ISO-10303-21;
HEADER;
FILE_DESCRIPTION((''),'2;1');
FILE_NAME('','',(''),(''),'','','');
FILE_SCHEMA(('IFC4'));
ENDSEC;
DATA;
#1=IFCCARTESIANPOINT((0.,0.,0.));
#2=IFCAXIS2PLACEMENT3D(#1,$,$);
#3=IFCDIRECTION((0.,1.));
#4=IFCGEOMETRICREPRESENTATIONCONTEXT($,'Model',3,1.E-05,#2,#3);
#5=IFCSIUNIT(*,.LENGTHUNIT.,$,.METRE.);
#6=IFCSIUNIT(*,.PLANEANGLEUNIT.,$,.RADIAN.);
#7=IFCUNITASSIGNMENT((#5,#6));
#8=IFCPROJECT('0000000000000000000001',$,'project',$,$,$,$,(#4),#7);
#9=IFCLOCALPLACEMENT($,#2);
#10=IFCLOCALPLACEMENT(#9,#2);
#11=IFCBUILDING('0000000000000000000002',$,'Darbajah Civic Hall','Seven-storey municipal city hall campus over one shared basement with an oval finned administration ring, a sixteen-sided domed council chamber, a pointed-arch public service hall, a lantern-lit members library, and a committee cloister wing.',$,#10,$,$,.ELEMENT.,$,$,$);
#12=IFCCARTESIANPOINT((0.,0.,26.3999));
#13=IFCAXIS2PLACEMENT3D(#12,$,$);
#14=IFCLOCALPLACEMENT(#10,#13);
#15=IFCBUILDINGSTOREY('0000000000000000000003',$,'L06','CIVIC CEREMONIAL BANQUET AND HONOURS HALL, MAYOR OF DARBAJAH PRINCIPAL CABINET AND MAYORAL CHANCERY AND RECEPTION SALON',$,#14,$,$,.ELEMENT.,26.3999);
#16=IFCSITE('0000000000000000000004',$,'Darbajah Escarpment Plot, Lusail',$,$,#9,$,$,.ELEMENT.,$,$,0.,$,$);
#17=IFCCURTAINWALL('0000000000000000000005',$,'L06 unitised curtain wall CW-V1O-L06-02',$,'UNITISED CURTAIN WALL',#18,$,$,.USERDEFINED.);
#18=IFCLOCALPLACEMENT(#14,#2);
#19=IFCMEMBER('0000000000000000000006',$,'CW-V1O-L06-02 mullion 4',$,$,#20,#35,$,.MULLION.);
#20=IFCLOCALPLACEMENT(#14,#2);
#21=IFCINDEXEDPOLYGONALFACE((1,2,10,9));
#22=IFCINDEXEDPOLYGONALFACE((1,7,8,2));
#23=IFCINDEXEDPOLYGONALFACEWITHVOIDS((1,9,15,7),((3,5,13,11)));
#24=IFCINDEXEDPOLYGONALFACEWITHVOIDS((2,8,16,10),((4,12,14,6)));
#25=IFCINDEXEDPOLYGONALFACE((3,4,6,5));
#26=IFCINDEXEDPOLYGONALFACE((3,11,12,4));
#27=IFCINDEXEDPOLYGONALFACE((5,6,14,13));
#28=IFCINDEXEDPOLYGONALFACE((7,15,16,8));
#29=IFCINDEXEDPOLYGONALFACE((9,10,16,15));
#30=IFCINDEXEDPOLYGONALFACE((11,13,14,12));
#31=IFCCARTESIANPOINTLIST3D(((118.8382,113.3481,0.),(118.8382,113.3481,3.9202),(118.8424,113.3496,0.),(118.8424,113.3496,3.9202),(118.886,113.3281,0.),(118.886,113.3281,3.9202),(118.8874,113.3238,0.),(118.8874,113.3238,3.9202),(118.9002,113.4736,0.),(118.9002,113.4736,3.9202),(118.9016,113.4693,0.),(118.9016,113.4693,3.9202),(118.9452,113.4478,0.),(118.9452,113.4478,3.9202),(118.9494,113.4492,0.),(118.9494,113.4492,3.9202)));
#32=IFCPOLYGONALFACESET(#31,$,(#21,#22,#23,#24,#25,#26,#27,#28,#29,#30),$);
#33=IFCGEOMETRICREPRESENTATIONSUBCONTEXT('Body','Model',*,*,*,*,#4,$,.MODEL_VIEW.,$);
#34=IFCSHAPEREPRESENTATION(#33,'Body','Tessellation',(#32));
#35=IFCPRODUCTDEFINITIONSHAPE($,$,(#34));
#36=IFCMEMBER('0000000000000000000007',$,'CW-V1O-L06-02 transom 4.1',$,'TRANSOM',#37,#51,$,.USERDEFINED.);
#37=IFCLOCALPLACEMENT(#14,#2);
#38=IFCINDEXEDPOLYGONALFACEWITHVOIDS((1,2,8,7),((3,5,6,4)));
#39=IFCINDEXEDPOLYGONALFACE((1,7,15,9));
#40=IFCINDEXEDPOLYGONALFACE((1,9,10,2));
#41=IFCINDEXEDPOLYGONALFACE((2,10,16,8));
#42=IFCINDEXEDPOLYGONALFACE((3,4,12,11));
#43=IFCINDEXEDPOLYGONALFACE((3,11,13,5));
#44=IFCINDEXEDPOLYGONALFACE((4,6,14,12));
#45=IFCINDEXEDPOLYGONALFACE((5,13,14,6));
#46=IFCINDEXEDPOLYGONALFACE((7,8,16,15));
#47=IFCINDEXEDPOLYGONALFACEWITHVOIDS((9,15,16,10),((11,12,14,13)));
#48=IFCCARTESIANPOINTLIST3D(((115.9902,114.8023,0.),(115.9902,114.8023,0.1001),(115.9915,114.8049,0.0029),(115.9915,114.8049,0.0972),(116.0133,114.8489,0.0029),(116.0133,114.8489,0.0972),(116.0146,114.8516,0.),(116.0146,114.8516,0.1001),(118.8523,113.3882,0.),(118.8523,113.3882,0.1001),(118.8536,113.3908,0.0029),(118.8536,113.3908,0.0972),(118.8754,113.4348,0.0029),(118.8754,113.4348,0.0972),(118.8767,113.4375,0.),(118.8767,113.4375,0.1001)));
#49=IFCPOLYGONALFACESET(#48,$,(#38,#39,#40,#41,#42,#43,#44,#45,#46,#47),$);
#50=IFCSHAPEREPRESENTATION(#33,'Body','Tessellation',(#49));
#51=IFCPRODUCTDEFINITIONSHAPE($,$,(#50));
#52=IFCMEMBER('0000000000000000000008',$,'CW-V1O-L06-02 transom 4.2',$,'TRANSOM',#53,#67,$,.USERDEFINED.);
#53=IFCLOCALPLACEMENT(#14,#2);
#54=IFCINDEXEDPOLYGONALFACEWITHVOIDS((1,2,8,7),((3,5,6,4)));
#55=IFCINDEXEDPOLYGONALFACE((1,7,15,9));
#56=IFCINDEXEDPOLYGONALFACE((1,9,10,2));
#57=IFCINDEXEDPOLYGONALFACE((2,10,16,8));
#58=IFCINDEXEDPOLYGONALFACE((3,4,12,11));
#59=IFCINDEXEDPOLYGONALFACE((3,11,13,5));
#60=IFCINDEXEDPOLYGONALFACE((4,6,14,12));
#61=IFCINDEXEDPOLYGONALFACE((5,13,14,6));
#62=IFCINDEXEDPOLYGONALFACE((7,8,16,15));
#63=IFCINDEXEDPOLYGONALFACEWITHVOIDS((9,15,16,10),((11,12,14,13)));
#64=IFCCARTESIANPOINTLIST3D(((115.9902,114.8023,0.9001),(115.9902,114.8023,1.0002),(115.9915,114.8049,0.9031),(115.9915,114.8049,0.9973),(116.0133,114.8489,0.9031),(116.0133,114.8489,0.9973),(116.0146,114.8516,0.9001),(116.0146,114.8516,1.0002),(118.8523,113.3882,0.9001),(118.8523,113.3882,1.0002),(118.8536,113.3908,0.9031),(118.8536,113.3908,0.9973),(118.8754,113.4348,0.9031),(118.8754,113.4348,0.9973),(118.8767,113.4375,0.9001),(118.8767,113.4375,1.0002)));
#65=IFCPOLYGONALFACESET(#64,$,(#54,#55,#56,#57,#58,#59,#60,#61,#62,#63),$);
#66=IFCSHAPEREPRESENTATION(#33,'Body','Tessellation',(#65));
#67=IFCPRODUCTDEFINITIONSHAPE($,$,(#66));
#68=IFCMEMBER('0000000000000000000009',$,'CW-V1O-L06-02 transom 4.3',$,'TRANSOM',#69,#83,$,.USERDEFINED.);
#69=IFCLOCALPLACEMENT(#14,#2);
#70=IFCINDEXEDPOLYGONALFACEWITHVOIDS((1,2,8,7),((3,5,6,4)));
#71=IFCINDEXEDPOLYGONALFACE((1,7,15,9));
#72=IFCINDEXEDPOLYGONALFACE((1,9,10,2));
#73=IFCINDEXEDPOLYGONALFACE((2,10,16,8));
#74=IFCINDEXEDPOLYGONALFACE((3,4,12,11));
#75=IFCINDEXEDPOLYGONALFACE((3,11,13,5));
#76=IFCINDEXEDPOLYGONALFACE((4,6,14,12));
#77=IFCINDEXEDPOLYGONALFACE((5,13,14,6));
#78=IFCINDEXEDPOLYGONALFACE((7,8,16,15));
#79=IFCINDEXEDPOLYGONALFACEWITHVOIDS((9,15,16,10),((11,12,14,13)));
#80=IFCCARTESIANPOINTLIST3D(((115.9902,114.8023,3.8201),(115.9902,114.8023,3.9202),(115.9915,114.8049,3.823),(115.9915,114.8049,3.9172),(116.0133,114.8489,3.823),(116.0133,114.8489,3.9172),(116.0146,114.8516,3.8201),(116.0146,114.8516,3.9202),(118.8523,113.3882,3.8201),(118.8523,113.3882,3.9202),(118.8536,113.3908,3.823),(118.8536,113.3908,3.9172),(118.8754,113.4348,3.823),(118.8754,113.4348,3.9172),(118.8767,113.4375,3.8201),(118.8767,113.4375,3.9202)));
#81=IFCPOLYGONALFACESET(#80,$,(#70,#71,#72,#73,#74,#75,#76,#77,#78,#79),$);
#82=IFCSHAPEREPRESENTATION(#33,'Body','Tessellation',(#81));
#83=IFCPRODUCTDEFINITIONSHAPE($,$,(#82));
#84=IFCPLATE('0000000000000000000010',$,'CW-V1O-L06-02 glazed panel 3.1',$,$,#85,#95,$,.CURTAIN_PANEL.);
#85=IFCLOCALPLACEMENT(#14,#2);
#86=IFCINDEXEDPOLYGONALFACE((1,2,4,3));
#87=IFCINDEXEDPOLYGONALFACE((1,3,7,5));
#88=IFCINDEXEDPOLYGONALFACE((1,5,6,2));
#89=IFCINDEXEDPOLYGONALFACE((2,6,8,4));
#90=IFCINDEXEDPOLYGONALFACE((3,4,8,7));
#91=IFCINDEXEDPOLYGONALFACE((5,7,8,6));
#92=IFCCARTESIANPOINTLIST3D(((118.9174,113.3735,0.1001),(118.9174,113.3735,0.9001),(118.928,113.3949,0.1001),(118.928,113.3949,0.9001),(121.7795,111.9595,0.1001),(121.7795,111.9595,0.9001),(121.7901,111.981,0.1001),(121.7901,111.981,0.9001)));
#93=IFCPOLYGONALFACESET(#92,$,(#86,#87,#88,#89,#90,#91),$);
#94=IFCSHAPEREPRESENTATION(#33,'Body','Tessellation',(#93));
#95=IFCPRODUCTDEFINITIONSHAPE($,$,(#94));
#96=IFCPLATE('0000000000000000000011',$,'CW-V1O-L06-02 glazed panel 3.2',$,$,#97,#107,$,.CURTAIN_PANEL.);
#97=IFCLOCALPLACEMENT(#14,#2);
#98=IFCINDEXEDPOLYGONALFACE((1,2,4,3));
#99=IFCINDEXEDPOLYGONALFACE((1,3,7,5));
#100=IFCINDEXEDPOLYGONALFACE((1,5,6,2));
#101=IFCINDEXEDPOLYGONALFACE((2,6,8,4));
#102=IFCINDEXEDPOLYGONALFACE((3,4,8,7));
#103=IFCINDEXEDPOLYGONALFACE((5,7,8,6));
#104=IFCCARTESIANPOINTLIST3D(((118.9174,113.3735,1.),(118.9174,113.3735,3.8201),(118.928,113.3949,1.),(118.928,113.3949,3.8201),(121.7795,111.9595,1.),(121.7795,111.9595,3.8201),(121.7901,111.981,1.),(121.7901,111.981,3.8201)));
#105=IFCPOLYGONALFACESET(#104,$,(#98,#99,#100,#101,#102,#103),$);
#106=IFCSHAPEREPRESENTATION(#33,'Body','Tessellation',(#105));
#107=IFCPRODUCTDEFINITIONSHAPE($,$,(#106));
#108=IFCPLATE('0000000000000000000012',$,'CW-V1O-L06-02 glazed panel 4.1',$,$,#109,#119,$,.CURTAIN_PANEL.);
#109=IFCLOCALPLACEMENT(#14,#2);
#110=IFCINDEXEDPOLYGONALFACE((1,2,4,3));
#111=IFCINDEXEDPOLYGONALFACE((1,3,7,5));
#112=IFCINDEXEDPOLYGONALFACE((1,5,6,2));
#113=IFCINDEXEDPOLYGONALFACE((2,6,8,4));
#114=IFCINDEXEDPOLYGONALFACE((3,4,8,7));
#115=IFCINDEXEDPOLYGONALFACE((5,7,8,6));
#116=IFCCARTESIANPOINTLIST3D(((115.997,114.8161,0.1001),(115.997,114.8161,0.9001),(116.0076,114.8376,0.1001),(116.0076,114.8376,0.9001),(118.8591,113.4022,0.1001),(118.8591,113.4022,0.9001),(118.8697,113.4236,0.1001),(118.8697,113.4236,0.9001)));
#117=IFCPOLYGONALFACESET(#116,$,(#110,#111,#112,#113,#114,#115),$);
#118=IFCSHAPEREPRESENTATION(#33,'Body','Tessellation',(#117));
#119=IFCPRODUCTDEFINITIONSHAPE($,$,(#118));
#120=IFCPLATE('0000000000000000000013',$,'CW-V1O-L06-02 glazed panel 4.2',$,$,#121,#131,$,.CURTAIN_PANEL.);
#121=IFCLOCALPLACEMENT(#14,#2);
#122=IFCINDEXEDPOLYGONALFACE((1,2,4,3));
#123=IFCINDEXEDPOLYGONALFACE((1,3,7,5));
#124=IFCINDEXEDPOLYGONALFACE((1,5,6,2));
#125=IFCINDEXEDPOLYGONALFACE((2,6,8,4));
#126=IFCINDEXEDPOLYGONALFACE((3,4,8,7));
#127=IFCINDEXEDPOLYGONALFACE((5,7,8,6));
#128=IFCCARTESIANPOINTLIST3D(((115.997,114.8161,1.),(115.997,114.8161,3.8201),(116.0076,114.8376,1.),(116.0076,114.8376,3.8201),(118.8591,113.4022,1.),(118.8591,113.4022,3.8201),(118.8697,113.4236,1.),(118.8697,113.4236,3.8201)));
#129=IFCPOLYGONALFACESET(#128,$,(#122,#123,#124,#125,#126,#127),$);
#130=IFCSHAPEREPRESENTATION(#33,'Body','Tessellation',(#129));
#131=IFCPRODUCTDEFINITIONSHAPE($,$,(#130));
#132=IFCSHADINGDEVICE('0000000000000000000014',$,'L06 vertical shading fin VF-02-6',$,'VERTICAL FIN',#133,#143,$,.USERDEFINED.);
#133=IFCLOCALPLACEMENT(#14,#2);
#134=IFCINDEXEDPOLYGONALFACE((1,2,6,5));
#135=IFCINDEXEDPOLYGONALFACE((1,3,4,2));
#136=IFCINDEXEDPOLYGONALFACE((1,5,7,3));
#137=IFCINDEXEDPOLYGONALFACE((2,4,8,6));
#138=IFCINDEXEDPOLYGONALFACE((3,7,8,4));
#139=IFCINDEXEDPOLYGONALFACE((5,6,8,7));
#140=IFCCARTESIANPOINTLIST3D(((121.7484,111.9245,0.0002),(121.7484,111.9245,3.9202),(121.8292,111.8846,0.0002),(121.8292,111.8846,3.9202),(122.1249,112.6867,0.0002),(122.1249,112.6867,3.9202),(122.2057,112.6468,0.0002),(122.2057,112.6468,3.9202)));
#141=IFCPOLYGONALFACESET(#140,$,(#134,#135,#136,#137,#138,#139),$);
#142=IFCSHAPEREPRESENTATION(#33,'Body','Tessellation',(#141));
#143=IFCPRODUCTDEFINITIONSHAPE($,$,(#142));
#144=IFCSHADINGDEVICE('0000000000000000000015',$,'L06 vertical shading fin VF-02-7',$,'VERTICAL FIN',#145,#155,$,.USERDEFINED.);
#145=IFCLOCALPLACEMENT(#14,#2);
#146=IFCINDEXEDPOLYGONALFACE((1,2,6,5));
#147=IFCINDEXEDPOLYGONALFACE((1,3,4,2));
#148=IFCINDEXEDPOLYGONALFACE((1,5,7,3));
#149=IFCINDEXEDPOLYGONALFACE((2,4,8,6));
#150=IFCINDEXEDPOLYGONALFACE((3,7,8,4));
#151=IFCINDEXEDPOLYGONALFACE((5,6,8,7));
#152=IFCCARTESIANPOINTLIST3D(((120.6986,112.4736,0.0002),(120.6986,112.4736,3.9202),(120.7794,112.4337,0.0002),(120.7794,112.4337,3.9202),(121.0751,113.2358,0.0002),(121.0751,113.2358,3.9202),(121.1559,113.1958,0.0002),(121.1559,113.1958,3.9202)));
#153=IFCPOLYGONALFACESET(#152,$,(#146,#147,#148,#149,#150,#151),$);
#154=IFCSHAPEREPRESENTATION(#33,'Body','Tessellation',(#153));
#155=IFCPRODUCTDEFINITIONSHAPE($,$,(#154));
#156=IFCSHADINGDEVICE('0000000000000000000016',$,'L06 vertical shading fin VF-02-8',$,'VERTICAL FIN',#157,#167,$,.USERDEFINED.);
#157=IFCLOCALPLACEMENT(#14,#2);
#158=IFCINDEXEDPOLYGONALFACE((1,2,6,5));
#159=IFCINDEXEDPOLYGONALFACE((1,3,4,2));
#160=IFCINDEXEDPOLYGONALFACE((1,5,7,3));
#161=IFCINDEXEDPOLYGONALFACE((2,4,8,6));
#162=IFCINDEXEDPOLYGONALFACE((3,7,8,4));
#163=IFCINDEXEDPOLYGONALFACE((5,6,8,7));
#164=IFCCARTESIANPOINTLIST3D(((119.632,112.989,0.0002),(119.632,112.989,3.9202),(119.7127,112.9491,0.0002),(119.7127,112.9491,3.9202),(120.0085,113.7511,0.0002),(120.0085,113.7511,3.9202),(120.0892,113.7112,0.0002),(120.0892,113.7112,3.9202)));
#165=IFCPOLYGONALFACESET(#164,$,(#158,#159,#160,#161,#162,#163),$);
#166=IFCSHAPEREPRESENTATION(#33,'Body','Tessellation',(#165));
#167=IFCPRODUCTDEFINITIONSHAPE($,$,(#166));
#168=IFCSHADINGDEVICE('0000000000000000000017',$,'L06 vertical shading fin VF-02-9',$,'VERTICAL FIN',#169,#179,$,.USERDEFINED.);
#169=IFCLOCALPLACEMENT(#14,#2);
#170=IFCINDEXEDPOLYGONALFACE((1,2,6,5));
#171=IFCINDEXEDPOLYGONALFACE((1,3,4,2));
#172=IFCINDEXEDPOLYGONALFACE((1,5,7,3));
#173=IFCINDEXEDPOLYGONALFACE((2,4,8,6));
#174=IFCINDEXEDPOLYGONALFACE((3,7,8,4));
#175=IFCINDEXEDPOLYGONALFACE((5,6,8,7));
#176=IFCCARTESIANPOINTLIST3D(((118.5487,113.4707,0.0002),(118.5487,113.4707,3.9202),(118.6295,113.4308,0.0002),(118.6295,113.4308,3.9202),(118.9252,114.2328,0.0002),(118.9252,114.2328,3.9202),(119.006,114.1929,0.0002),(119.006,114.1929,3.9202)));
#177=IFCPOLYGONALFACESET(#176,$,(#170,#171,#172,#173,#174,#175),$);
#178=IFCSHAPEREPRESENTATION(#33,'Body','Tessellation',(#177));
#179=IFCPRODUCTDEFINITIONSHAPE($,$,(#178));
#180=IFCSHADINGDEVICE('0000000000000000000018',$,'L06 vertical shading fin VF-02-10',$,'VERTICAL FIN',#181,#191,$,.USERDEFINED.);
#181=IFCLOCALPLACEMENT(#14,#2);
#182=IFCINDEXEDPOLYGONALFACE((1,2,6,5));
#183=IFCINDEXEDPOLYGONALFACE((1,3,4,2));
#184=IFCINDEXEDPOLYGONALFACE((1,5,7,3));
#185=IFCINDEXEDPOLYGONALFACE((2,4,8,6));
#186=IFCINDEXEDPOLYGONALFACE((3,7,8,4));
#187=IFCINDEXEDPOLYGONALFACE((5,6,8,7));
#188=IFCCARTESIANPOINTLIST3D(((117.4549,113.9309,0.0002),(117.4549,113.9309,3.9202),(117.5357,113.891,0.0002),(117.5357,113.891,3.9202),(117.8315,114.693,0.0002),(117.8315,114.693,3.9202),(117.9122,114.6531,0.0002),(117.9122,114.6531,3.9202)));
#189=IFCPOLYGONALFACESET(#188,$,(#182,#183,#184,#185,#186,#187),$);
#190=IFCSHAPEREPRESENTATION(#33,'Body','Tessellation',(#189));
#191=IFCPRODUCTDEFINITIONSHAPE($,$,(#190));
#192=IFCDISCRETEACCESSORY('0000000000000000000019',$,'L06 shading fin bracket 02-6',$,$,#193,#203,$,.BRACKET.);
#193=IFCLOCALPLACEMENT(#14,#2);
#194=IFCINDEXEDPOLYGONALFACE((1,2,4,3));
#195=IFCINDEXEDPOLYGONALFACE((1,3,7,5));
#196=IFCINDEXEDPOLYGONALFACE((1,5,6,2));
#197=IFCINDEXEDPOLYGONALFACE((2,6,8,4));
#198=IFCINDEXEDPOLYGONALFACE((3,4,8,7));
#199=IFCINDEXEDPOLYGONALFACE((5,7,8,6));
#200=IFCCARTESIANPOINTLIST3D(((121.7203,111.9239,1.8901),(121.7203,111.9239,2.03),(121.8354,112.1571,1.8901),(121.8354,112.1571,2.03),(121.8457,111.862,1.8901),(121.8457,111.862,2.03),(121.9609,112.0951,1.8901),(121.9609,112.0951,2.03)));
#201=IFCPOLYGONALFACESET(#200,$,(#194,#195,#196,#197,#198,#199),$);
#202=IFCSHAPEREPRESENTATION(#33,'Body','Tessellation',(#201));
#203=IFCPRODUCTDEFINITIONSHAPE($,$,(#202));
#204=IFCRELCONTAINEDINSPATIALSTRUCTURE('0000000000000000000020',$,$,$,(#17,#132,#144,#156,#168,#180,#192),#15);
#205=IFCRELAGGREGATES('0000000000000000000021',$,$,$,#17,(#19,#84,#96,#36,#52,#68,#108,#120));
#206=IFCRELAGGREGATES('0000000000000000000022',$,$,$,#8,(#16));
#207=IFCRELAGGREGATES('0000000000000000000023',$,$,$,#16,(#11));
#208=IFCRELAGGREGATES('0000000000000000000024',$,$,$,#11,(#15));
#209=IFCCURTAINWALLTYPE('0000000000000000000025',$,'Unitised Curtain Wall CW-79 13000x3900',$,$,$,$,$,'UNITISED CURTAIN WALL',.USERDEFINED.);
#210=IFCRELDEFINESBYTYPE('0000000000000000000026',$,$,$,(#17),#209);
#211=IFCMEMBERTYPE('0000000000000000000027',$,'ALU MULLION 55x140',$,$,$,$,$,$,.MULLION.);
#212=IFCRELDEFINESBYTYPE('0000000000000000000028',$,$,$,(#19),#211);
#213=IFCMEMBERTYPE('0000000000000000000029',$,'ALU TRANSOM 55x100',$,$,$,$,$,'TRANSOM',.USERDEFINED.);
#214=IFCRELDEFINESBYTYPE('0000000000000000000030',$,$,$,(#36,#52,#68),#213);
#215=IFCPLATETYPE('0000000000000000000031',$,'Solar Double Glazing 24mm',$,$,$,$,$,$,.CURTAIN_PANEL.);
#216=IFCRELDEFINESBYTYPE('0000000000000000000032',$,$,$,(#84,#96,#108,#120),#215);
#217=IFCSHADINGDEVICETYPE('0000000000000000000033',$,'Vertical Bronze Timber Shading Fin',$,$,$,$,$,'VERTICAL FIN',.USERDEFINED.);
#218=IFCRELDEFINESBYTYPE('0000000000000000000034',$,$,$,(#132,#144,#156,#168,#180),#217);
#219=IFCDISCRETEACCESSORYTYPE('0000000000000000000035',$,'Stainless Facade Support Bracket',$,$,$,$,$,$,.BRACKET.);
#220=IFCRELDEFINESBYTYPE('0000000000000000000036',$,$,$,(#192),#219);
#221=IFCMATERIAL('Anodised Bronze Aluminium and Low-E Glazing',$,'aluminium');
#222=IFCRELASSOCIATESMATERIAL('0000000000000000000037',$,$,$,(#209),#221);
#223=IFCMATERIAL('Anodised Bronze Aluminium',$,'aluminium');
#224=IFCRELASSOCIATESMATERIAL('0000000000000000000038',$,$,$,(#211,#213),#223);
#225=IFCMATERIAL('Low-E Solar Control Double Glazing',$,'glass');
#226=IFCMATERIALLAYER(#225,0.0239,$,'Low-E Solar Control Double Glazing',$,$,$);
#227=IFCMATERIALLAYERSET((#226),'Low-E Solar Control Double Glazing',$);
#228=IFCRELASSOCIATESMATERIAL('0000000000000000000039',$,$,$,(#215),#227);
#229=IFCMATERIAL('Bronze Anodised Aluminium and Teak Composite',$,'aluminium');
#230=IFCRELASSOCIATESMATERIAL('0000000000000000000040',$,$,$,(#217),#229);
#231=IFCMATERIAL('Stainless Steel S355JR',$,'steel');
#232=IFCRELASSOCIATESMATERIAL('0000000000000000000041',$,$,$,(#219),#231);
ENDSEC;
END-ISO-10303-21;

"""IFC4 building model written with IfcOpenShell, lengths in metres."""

from ifc_helpers import new_model, si_unit, direction, frame, origin, origin_2d, place, context, subcontext, project, spatial, rectangle, hollow_rectangle, extrude, material, layer, layer_set, material_profile, profile_set, type_object, element, aggregate, save


model = new_model("IFC4")

# Units and contexts
model_context = context("Model", 3, precision=1e-05, world=origin(), true_north=direction((0.0, 1.0)))
body_context = subcontext(model_context, "Body", "Model", "MODEL_VIEW")
ifc_project = project(units=[si_unit("LENGTHUNIT", "METRE"), si_unit("PLANEANGLEUNIT", "RADIAN")], contexts=[model_context])

# Site, building, storey
site_placement = place(None, origin())
site = spatial("IfcSite", under=ifc_project, at=site_placement, Name="Darbajah Escarpment Plot, Lusail", CompositionType="ELEMENT", RefElevation=0.0)
building_placement = place(site_placement, origin())
building = spatial("IfcBuilding", under=site, at=building_placement, Name="Darbajah Civic Hall", Description="Seven-storey municipal city hall campus over one shared basement with an oval finned administration ring, a sixteen-sided domed council chamber, a pointed-arch public service hall, a lantern-lit members library, and a committee cloister wing.", CompositionType="ELEMENT")
storey_placement = place(building_placement, frame((0.0, 0.0, 26.3999)))
storey = spatial("IfcBuildingStorey", under=building, at=storey_placement, Name="L06", Description="CIVIC CEREMONIAL BANQUET AND HONOURS HALL, MAYOR OF DARBAJAH PRINCIPAL CABINET AND MAYORAL CHANCERY AND RECEPTION SALON", CompositionType="ELEMENT", Elevation=26.3999)

# Curtain wall, members, plates
ifc_material_1 = material(Name="Anodised Bronze Aluminium and Low-E Glazing", Category="aluminium")
curtain_wall_type = type_object("IfcCurtainWallType", Name="Unitised Curtain Wall CW-79 13000x3900", ElementType="UNITISED CURTAIN WALL", PredefinedType="USERDEFINED", material=ifc_material_1)
curtain_wall_placement = place(storey_placement, origin())
curtain_wall = element("IfcCurtainWall", 1, at=curtain_wall_placement, inside=storey, type_object=curtain_wall_type, Name="L06 unitised curtain wall CW-V1O-L06-02", ObjectType="UNITISED CURTAIN WALL", PredefinedType="USERDEFINED")
ifc_material_2 = material(Name="Anodised Bronze Aluminium", Category="aluminium")
ifc_material_profile_1 = material_profile(ifc_material_2, hollow_rectangle(XDim=0.0549, YDim=0.1399, WallThickness=0.0032, at=origin_2d()), Name="ALU MULLION 55x140")
ifc_profile_set_1 = profile_set([ifc_material_profile_1], Name="Anodised Bronze Aluminium")
member_type_1 = type_object("IfcMemberType", Name="ALU MULLION 55x140", PredefinedType="MULLION", material=ifc_profile_set_1)
member_1_placement = place(storey_placement, frame((118.8938, 113.3987, 0.0), z_axis=(0.0, 0.0, 1.0), x_axis=(-0.896564, 0.442915, 0.0)))
member_1 = element("IfcMember", 2, at=member_1_placement, type_object=member_type_1, Name="CW-V1O-L06-02 mullion 4", PredefinedType="MULLION", context=body_context, shape_type="SweptSolid", body=[
    extrude(hollow_rectangle(XDim=0.0549, YDim=0.1399, WallThickness=0.0032, at=origin_2d()), origin(), (0.0, 0.0, 1.0), 3.9202),
])
ifc_material_profile_2 = material_profile(ifc_material_2, hollow_rectangle(XDim=0.0549, YDim=0.1001, WallThickness=0.0029, at=origin_2d()), Name="ALU TRANSOM 55x100")
ifc_profile_set_2 = profile_set([ifc_material_profile_2], Name="Anodised Bronze Aluminium")
member_type_2 = type_object("IfcMemberType", Name="ALU TRANSOM 55x100", ElementType="TRANSOM", PredefinedType="USERDEFINED", material=ifc_profile_set_2)
member_2_placement = place(storey_placement, frame((118.8645, 113.4128, 0.05), z_axis=(-0.896543, 0.442956, 0.0), x_axis=(-0.442956, -0.896543, 0.0)))
member_2 = element("IfcMember", 3, at=member_2_placement, type_object=member_type_2, Name="CW-V1O-L06-02 transom 4.1", ObjectType="TRANSOM", PredefinedType="USERDEFINED", context=body_context, shape_type="SweptSolid", body=[
    extrude(hollow_rectangle(XDim=0.0549, YDim=0.1001, WallThickness=0.0029, at=origin_2d()), origin(), (0.0, 0.0, 1.0), 3.1924),
])
member_3_placement = place(storey_placement, frame((118.8645, 113.4128, 0.9502), z_axis=(-0.896543, 0.442956, 0.0), x_axis=(-0.442956, -0.896543, 0.0)))
member_3 = element("IfcMember", 4, at=member_3_placement, type_object=member_type_2, Name="CW-V1O-L06-02 transom 4.2", ObjectType="TRANSOM", PredefinedType="USERDEFINED", context=body_context, shape_type="SweptSolid", body=[
    extrude(hollow_rectangle(XDim=0.0549, YDim=0.1001, WallThickness=0.0029, at=origin_2d()), origin(), (0.0, 0.0, 1.0), 3.1924),
])
member_4_placement = place(storey_placement, frame((118.8645, 113.4128, 3.8701), z_axis=(-0.896543, 0.442956, 0.0), x_axis=(-0.442956, -0.896543, 0.0)))
member_4 = element("IfcMember", 5, at=member_4_placement, type_object=member_type_2, Name="CW-V1O-L06-02 transom 4.3", ObjectType="TRANSOM", PredefinedType="USERDEFINED", context=body_context, shape_type="SweptSolid", body=[
    extrude(hollow_rectangle(XDim=0.0549, YDim=0.1001, WallThickness=0.0029, at=origin_2d()), origin(), (0.0, 0.0, 1.0), 3.1924),
])
ifc_material_3 = material(Name="Low-E Solar Control Double Glazing", Category="glass")
ifc_layer = layer(ifc_material_3, 0.0239, Name="Low-E Solar Control Double Glazing")
ifc_layer_set = layer_set([ifc_layer], Name="Low-E Solar Control Double Glazing")
plate_type = type_object("IfcPlateType", Name="Solar Double Glazing 24mm", PredefinedType="CURTAIN_PANEL", material=ifc_layer_set)
plate_1_placement = place(storey_placement, frame((120.3538, 112.6772, 0.1001), z_axis=(0.0, 0.0, 1.0), x_axis=(-0.896564, 0.442915, 0.0)))
plate_1 = element("IfcPlate", 6, at=plate_1_placement, type_object=plate_type, Name="CW-V1O-L06-02 glazed panel 3.1", PredefinedType="CURTAIN_PANEL", context=body_context, shape_type="SweptSolid", body=[
    extrude(rectangle(XDim=3.1924, YDim=0.0239, at=origin_2d()), origin(), (0.0, 0.0, 1.0), 0.8),
])
plate_2_placement = place(storey_placement, frame((120.3538, 112.6772, 1.0), z_axis=(0.0, 0.0, 1.0), x_axis=(-0.896564, 0.442915, 0.0)))
plate_2 = element("IfcPlate", 7, at=plate_2_placement, type_object=plate_type, Name="CW-V1O-L06-02 glazed panel 3.2", PredefinedType="CURTAIN_PANEL", context=body_context, shape_type="SweptSolid", body=[
    extrude(rectangle(XDim=3.1924, YDim=0.0239, at=origin_2d()), origin(), (0.0, 0.0, 1.0), 2.8201),
])
plate_3_placement = place(storey_placement, frame((117.4333, 114.1199, 0.1001), z_axis=(0.0, 0.0, 1.0), x_axis=(-0.896564, 0.442915, 0.0)))
plate_3 = element("IfcPlate", 8, at=plate_3_placement, type_object=plate_type, Name="CW-V1O-L06-02 glazed panel 4.1", PredefinedType="CURTAIN_PANEL", context=body_context, shape_type="SweptSolid", body=[
    extrude(rectangle(XDim=3.1924, YDim=0.0239, at=origin_2d()), origin(), (0.0, 0.0, 1.0), 0.8),
])
plate_4_placement = place(storey_placement, frame((117.4333, 114.1199, 1.0), z_axis=(0.0, 0.0, 1.0), x_axis=(-0.896564, 0.442915, 0.0)))
plate_4 = element("IfcPlate", 9, at=plate_4_placement, type_object=plate_type, Name="CW-V1O-L06-02 glazed panel 4.2", PredefinedType="CURTAIN_PANEL", context=body_context, shape_type="SweptSolid", body=[
    extrude(rectangle(XDim=3.1924, YDim=0.0239, at=origin_2d()), origin(), (0.0, 0.0, 1.0), 2.8201),
])
aggregate(curtain_wall, [member_1, plate_1, plate_2, member_2, member_3, member_4, plate_3, plate_4])

# Shading devices
ifc_material_4 = material(Name="Bronze Anodised Aluminium and Teak Composite", Category="aluminium")
shading_device_type = type_object("IfcShadingDeviceType", Name="Vertical Bronze Timber Shading Fin", ElementType="VERTICAL FIN", PredefinedType="USERDEFINED", material=ifc_material_4)
for number, where, z_axis, x_axis, name in (
    (10, (121.9771, 112.2856, 0.0002), (0.0, 0.0, 1.0), (0.442915, 0.896564, 0.0), "L06 vertical shading fin VF-02-6"),
    (11, (120.9272, 112.8347, 0.0002), (0.0, 0.0, 1.0), (0.442915, 0.896564, 0.0), "L06 vertical shading fin VF-02-7"),
    (12, (119.8606, 113.3501, 0.0002), (0.0, 0.0, 1.0), (0.442915, 0.896564, 0.0), "L06 vertical shading fin VF-02-8"),
    (13, (118.7773, 113.8318, 0.0002), (0.0, 0.0, 1.0), (0.442915, 0.896564, 0.0), "L06 vertical shading fin VF-02-9"),
    (14, (117.6836, 114.292, 0.0002), (0.0, 0.0, 1.0), (0.442915, 0.896564, 0.0), "L06 vertical shading fin VF-02-10"),
):
    element("IfcShadingDevice", number, at=place(storey_placement, frame(where, z_axis=z_axis, x_axis=x_axis)), inside=storey, type_object=shading_device_type, Name=name, ObjectType="VERTICAL FIN", PredefinedType="USERDEFINED", context=body_context, shape_type="SweptSolid", body=[
        extrude(rectangle(XDim=0.8501, YDim=0.0901, at=origin_2d()), origin(), (0.0, 0.0, 1.0), 3.9199),
    ])

# Discrete accessory
ifc_material_5 = material(Name="Stainless Steel S355JR", Category="steel")
discrete_accessory_type = type_object("IfcDiscreteAccessoryType", Name="Stainless Facade Support Bracket", PredefinedType="BRACKET", material=ifc_material_5)
for number, where, z_axis, x_axis, name in (
    (15, (121.8406, 112.0095, 1.8901), (0.0, 0.0, 1.0), (0.442915, 0.896564, 0.0), "L06 shading fin bracket 02-6"),
):
    element("IfcDiscreteAccessory", number, at=place(storey_placement, frame(where, z_axis=z_axis, x_axis=x_axis)), inside=storey, type_object=discrete_accessory_type, Name=name, PredefinedType="BRACKET", context=body_context, shape_type="SweptSolid", body=[
        extrude(rectangle(XDim=0.26, YDim=0.1399, at=origin_2d()), origin(), (0.0, 0.0, 1.0), 0.1399),
    ])

save(model, "model.ifc")
